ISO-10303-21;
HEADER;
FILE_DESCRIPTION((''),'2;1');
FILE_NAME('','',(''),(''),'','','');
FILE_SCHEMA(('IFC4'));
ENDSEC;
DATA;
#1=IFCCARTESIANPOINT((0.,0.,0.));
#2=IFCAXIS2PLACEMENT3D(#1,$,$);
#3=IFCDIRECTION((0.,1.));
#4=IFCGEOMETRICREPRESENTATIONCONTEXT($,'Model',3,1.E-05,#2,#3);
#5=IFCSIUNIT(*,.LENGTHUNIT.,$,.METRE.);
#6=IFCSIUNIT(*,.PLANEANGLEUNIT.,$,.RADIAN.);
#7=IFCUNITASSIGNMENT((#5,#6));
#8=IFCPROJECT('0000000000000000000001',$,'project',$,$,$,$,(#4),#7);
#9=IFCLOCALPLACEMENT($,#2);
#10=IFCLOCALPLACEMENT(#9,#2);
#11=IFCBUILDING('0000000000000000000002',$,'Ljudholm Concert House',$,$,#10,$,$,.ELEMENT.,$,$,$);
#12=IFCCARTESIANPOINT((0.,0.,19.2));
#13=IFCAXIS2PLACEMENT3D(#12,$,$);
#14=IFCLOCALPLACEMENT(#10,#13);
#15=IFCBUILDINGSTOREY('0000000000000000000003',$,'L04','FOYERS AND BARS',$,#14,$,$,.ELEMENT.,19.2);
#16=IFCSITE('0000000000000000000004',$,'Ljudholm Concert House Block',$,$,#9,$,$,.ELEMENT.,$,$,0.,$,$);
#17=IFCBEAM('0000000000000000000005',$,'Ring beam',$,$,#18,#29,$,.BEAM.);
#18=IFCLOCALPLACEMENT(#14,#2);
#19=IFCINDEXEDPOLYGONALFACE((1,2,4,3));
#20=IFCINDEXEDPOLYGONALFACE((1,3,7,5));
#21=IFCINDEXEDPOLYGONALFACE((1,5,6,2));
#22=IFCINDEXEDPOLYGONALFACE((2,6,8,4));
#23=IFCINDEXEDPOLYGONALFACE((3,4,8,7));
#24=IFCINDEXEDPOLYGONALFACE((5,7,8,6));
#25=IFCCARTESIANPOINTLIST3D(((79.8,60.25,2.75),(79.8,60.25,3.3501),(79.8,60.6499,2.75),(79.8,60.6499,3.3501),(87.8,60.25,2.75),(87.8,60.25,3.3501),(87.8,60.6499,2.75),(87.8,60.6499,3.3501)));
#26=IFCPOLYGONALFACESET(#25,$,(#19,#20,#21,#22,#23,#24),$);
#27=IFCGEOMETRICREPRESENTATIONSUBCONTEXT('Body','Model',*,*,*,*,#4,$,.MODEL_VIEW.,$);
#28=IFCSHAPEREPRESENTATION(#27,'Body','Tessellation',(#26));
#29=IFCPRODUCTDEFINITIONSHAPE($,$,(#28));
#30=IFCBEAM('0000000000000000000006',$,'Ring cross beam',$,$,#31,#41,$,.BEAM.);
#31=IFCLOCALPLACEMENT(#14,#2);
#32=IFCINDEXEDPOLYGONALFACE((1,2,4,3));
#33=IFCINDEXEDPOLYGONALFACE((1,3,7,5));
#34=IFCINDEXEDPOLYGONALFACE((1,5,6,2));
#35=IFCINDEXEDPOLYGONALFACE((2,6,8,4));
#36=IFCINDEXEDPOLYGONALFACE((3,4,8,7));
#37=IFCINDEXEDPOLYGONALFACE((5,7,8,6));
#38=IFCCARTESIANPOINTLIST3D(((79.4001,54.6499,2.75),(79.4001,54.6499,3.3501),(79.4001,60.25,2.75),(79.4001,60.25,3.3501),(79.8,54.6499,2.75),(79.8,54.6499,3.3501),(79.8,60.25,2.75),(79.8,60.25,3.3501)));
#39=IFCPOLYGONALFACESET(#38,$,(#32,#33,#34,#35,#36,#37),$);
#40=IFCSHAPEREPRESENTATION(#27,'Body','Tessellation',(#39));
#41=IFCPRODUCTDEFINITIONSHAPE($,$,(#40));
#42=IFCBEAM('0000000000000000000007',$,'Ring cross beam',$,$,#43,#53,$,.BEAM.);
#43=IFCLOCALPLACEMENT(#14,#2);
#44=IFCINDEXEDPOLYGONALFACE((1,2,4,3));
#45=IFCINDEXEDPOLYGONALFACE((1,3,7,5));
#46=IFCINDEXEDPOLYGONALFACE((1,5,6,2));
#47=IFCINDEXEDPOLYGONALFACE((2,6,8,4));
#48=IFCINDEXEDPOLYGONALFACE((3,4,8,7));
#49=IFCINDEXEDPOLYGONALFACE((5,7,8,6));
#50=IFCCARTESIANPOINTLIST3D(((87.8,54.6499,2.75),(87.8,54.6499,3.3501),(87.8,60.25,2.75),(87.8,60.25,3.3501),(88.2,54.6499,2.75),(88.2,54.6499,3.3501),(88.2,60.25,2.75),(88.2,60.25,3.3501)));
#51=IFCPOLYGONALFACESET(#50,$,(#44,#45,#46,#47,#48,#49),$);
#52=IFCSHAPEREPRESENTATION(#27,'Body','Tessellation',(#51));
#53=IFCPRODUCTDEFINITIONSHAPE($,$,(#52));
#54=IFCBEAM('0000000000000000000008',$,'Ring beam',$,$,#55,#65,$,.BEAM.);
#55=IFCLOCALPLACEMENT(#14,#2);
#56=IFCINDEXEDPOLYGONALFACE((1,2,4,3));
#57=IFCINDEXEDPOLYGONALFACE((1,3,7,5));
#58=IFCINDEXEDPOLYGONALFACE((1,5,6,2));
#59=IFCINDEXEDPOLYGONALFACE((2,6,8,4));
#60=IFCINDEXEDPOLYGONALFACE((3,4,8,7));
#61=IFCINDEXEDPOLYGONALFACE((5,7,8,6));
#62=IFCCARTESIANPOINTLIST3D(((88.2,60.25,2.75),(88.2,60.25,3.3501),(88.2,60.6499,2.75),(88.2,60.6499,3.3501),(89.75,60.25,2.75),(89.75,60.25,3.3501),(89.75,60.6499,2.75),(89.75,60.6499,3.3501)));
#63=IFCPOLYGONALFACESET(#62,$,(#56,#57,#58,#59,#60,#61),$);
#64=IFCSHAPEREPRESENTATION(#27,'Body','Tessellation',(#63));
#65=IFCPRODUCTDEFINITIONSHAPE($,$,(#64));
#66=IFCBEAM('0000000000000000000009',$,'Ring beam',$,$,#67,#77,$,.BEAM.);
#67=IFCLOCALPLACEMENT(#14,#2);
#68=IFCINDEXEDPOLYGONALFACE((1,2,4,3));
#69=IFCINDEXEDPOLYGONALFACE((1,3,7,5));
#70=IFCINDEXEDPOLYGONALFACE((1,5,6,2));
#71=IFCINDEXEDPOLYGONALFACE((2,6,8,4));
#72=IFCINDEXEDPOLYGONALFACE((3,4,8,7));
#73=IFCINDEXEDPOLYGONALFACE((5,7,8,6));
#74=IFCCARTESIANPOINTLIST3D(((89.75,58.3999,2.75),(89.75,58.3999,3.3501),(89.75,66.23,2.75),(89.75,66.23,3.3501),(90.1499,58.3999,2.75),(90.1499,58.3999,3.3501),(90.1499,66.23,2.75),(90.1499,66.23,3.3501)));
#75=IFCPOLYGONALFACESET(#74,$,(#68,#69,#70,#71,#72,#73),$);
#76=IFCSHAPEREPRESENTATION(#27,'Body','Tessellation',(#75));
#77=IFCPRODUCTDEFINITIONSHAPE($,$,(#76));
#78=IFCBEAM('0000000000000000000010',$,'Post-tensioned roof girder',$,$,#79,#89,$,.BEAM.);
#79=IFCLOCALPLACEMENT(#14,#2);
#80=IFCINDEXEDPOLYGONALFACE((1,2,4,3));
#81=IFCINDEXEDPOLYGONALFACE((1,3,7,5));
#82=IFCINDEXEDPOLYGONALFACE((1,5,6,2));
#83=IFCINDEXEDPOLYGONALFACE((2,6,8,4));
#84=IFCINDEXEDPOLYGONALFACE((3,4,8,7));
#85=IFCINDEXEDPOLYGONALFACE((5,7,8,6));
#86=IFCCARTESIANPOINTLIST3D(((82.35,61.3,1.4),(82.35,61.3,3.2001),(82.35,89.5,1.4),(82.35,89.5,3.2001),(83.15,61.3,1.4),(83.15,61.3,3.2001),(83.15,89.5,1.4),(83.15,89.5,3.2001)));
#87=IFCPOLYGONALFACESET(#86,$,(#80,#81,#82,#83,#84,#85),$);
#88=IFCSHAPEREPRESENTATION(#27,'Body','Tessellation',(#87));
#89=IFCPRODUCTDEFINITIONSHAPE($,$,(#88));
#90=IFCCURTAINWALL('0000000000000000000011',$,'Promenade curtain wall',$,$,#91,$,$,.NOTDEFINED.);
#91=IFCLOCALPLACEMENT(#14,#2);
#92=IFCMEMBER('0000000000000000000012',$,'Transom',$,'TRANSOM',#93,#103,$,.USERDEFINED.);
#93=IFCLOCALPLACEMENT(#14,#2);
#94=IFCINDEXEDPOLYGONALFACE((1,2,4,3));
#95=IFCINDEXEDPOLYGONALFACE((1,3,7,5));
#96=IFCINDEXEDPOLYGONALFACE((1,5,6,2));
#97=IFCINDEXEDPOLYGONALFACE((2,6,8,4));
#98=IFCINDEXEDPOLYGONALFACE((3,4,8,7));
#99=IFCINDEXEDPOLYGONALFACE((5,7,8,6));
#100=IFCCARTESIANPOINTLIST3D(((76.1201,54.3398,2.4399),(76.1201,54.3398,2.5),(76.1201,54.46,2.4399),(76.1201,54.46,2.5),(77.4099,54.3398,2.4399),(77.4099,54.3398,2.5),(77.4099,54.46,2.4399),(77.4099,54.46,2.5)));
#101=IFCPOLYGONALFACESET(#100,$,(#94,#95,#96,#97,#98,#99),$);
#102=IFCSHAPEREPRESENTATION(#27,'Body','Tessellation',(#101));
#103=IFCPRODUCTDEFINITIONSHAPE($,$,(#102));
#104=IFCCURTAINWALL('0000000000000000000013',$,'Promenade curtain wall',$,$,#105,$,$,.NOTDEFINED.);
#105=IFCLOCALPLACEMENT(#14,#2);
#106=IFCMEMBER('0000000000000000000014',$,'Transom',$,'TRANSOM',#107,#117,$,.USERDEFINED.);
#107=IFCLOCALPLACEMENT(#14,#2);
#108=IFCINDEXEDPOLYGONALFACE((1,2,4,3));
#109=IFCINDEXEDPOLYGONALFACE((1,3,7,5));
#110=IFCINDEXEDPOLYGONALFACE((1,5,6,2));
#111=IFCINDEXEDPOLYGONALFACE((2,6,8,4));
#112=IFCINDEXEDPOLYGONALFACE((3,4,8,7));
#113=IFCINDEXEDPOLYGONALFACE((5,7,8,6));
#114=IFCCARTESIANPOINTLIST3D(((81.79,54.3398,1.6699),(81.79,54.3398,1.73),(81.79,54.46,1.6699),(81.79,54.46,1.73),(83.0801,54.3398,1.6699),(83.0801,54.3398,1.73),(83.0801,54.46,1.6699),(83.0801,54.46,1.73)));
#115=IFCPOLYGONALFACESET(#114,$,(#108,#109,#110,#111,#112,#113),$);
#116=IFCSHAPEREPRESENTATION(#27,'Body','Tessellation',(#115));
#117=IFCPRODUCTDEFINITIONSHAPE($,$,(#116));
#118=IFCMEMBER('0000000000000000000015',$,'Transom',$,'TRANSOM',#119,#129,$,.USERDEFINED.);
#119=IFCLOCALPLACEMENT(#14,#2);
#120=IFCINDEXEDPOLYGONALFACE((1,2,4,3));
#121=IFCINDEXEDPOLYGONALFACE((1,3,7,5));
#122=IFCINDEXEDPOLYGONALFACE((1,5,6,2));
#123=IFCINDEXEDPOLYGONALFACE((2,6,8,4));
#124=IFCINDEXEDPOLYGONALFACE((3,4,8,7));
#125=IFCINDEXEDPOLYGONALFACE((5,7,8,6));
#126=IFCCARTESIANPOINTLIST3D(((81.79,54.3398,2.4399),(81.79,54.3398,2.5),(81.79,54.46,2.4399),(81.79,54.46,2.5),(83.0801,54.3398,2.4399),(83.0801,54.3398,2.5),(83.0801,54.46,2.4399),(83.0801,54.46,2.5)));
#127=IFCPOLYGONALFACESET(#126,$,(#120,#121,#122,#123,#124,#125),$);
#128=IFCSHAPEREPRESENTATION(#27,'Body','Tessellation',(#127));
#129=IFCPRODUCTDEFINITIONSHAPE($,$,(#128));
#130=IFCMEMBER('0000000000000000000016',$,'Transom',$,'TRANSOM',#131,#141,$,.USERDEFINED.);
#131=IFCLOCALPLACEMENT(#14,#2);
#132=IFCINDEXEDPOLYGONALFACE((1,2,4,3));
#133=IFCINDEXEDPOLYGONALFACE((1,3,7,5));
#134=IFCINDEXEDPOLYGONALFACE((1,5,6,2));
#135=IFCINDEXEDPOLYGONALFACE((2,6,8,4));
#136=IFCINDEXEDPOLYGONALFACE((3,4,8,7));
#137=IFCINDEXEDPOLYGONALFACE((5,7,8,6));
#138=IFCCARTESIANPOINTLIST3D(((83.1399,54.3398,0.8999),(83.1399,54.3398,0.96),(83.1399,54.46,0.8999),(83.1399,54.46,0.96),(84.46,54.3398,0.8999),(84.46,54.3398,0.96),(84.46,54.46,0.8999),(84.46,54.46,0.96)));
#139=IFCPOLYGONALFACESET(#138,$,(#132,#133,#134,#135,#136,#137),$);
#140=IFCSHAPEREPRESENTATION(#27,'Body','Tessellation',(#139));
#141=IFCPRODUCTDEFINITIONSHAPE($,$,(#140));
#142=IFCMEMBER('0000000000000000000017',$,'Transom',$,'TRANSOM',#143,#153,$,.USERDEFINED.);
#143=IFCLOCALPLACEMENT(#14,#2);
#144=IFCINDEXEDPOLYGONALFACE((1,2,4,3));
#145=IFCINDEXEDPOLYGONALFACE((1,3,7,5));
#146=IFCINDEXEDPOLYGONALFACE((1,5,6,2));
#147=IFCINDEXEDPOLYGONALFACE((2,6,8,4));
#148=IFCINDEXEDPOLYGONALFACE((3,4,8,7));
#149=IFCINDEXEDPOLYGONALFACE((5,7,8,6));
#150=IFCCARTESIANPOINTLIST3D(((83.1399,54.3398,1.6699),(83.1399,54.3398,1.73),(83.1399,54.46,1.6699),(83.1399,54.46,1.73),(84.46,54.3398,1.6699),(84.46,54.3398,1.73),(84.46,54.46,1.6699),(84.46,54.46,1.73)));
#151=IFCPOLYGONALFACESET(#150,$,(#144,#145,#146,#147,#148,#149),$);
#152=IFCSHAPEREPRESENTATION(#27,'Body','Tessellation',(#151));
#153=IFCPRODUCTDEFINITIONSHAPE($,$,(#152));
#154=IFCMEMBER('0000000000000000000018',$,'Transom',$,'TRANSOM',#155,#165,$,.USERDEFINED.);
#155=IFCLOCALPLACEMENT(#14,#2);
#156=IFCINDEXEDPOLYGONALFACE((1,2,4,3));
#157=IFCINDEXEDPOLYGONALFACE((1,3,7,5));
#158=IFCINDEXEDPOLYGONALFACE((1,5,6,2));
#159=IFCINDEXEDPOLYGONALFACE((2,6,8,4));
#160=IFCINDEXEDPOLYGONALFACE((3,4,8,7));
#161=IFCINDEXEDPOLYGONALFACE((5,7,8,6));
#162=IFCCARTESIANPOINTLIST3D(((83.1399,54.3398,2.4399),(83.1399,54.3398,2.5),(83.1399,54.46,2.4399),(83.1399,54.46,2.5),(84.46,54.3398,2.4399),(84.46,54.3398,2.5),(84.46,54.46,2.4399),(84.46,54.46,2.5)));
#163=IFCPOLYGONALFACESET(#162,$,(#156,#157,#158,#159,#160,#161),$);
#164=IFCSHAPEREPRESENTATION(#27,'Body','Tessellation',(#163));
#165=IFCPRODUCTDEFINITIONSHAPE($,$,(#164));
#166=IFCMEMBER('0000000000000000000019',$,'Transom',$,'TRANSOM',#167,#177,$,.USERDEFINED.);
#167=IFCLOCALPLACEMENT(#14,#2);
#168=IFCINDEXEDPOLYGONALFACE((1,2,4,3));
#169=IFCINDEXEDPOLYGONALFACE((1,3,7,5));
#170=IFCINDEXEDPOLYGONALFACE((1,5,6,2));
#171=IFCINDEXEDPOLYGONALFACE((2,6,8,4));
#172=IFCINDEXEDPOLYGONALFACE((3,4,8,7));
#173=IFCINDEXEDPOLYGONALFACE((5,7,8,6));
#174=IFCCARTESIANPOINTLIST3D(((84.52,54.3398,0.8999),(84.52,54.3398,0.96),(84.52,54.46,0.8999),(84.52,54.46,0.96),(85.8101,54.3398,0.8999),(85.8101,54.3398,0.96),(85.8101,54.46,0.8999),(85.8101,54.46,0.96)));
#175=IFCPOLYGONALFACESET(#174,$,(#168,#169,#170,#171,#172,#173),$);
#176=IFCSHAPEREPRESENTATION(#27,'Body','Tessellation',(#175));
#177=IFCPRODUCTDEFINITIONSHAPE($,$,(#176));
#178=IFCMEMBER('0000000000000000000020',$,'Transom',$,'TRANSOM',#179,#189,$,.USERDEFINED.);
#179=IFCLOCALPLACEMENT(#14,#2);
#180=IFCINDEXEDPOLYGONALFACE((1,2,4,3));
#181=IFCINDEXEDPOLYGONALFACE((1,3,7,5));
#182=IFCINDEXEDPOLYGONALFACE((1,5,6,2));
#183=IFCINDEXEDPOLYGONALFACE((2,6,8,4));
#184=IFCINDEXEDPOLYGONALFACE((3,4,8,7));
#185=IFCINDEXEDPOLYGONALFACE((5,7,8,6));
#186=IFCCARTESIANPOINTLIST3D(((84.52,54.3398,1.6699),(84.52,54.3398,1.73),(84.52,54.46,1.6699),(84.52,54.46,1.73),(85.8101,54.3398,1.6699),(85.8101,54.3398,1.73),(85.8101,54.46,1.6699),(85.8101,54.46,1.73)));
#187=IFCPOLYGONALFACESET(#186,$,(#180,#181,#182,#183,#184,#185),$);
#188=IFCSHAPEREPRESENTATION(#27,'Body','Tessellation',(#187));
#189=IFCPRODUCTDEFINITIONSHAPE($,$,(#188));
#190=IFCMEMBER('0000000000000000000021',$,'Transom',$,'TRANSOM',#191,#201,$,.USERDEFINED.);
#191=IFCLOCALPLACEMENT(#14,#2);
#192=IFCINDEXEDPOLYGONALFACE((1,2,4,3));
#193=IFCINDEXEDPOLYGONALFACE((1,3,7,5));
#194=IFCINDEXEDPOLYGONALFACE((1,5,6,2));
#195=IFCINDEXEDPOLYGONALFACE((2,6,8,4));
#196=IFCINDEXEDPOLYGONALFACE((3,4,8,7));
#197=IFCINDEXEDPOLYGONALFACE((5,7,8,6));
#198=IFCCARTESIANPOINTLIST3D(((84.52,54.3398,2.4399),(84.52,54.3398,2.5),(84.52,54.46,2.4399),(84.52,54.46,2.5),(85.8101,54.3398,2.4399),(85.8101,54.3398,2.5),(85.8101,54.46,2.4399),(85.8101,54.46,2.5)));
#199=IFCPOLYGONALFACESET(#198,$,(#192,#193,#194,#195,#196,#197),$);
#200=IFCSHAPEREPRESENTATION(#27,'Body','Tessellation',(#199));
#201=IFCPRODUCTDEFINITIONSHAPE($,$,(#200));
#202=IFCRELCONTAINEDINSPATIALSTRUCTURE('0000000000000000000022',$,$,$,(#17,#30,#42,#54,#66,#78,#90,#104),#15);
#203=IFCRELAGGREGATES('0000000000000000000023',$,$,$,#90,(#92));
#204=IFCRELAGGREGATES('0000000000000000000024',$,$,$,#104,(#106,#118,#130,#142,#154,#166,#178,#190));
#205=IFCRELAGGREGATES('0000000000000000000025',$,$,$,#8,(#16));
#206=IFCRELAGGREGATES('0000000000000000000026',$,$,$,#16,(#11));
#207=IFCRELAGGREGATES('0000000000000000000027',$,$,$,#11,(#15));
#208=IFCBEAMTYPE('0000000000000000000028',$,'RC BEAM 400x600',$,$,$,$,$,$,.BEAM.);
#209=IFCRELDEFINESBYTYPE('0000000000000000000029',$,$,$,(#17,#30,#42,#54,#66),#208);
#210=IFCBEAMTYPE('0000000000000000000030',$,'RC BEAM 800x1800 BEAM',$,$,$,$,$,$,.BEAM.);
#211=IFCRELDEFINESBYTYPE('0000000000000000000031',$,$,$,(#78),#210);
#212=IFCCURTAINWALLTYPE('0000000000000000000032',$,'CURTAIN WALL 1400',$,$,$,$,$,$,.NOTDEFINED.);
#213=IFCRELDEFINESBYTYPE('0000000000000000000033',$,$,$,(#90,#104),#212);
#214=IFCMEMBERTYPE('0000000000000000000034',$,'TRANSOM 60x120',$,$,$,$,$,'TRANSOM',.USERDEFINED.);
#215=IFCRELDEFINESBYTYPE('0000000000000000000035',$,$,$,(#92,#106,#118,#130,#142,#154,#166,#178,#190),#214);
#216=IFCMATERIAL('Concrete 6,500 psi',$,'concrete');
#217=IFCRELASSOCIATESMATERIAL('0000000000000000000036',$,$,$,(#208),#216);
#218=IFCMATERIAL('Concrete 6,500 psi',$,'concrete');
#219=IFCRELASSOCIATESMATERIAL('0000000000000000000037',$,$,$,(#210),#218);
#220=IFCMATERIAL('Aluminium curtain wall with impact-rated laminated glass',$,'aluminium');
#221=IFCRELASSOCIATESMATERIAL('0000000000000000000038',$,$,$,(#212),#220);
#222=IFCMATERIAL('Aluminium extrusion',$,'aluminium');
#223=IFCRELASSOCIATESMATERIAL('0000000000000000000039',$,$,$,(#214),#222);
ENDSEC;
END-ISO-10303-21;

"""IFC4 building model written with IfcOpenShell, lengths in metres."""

from ifc_helpers import new_model, si_unit, direction, frame, origin, origin_2d, place, context, subcontext, project, spatial, rectangle, extrude, material, material_profile, profile_set, type_object, element, aggregate, save


model = new_model("IFC4")

# Units and contexts
model_context = context("Model", 3, precision=1e-05, world=origin(), true_north=direction((0.0, 1.0)))
body_context = subcontext(model_context, "Body", "Model", "MODEL_VIEW")
ifc_project = project(units=[si_unit("LENGTHUNIT", "METRE"), si_unit("PLANEANGLEUNIT", "RADIAN")], contexts=[model_context])

# Site, building, storey
site_placement = place(None, origin())
site = spatial("IfcSite", under=ifc_project, at=site_placement, Name="Ljudholm Concert House Block", CompositionType="ELEMENT", RefElevation=0.0)
building_placement = place(site_placement, origin())
building = spatial("IfcBuilding", under=site, at=building_placement, Name="Ljudholm Concert House", CompositionType="ELEMENT")
storey_placement = place(building_placement, frame((0.0, 0.0, 19.2)))
storey = spatial("IfcBuildingStorey", under=building, at=storey_placement, Name="L04", Description="FOYERS AND BARS", CompositionType="ELEMENT", Elevation=19.2)

# Beams
ifc_material_1 = material(Name="Concrete 6,500 psi", Category="concrete")
ifc_material_profile_1 = material_profile(ifc_material_1, rectangle(XDim=0.3999, YDim=0.6001, at=origin_2d()), Name="RC BEAM 400x600")
ifc_profile_set_1 = profile_set([ifc_material_profile_1], Name="Concrete 6,500 psi")
beam_type_1 = type_object("IfcBeamType", Name="RC BEAM 400x600", PredefinedType="BEAM", material=ifc_profile_set_1)
beam_1_placement = place(storey_placement, frame((79.8, 60.45, 3.05), z_axis=(1.0, 0.0, 0.0), x_axis=(0.0, 1.0, 0.0)))
element("IfcBeam", 1, at=beam_1_placement, inside=storey, type_object=beam_type_1, Name="Ring beam", PredefinedType="BEAM", context=body_context, shape_type="SweptSolid", body=[
    extrude(rectangle(XDim=0.3999, YDim=0.6001, at=origin_2d()), origin(), (0.0, 0.0, 1.0), 8.0),
])
for number, where, z_axis, x_axis, name in (
    (2, (79.6001, 60.25, 3.05), (0.0, -1.0, 0.0), (1.0, 0.0, 0.0), "Ring cross beam"),
    (3, (88.0, 60.25, 3.05), (0.0, -1.0, 0.0), (1.0, 0.0, 0.0), "Ring cross beam"),
):
    element("IfcBeam", number, at=place(storey_placement, frame(where, z_axis=z_axis, x_axis=x_axis)), inside=storey, type_object=beam_type_1, Name=name, PredefinedType="BEAM", context=body_context, shape_type="SweptSolid", body=[
        extrude(rectangle(XDim=0.3999, YDim=0.6001, at=origin_2d()), origin(), (0.0, 0.0, 1.0), 5.6001),
    ])
beam_2_placement = place(storey_placement, frame((88.2, 60.45, 3.05), z_axis=(1.0, 0.0, 0.0), x_axis=(0.0, 1.0, 0.0)))
element("IfcBeam", 4, at=beam_2_placement, inside=storey, type_object=beam_type_1, Name="Ring beam", PredefinedType="BEAM", context=body_context, shape_type="SweptSolid", body=[
    extrude(rectangle(XDim=0.3999, YDim=0.6001, at=origin_2d()), origin(), (0.0, 0.0, 1.0), 1.55),
])
beam_3_placement = place(storey_placement, frame((89.95, 58.3999, 3.05), z_axis=(0.0, 1.0, 0.0), x_axis=(-1.0, 0.0, 0.0)))
element("IfcBeam", 5, at=beam_3_placement, inside=storey, type_object=beam_type_1, Name="Ring beam", PredefinedType="BEAM", context=body_context, shape_type="SweptSolid", body=[
    extrude(rectangle(XDim=0.3999, YDim=0.6001, at=origin_2d()), origin(), (0.0, 0.0, 1.0), 7.8301),
])
ifc_material_2 = material(Name="Concrete 6,500 psi", Category="concrete")
ifc_material_profile_2 = material_profile(ifc_material_2, rectangle(XDim=0.8, YDim=1.8, at=origin_2d()), Name="RC BEAM 800x1800 BEAM")
ifc_profile_set_2 = profile_set([ifc_material_profile_2], Name="Concrete 6,500 psi")
beam_type_2 = type_object("IfcBeamType", Name="RC BEAM 800x1800 BEAM", PredefinedType="BEAM", material=ifc_profile_set_2)
beam_4_placement = place(storey_placement, frame((82.75, 61.3, 2.3), z_axis=(0.0, 1.0, 0.0), x_axis=(-1.0, 0.0, 0.0)))
element("IfcBeam", 6, at=beam_4_placement, inside=storey, type_object=beam_type_2, Name="Post-tensioned roof girder", PredefinedType="BEAM", context=body_context, shape_type="SweptSolid", body=[
    extrude(rectangle(XDim=0.8, YDim=1.8, at=origin_2d()), origin(), (0.0, 0.0, 1.0), 28.2),
])

# Curtain wall, member
ifc_material_3 = material(Name="Aluminium curtain wall with impact-rated laminated glass", Category="aluminium")
curtain_wall_type = type_object("IfcCurtainWallType", Name="CURTAIN WALL 1400", PredefinedType="NOTDEFINED", material=ifc_material_3)
curtain_wall_1_placement = place(storey_placement, origin())
curtain_wall_1 = element("IfcCurtainWall", 7, at=curtain_wall_1_placement, inside=storey, type_object=curtain_wall_type, Name="Promenade curtain wall", PredefinedType="NOTDEFINED")
ifc_material_4 = material(Name="Aluminium extrusion", Category="aluminium")
ifc_material_profile_3 = material_profile(ifc_material_4, rectangle(XDim=0.1201, YDim=0.0601, at=origin_2d()), Name="TRANSOM 60x120")
ifc_profile_set_3 = profile_set([ifc_material_profile_3], Name="Aluminium extrusion")
member_type = type_object("IfcMemberType", Name="TRANSOM 60x120", ElementType="TRANSOM", PredefinedType="USERDEFINED", material=ifc_profile_set_3)
member_1_placement = place(storey_placement, frame((76.1201, 54.3999, 2.47), z_axis=(1.0, 0.0, 0.0), x_axis=(0.0, 1.0, 0.0)))
member_1 = element("IfcMember", 8, at=member_1_placement, type_object=member_type, Name="Transom", ObjectType="TRANSOM", PredefinedType="USERDEFINED", context=body_context, shape_type="SweptSolid", body=[
    extrude(rectangle(XDim=0.1201, YDim=0.0601, at=origin_2d()), origin(), (0.0, 0.0, 1.0), 1.2898),
])

# Curtain wall, members
curtain_wall_2_placement = place(storey_placement, origin())
curtain_wall_2 = element("IfcCurtainWall", 9, at=curtain_wall_2_placement, inside=storey, type_object=curtain_wall_type, Name="Promenade curtain wall", PredefinedType="NOTDEFINED")
member_2_placement = place(storey_placement, frame((81.79, 54.3999, 1.7), z_axis=(1.0, 0.0, 0.0), x_axis=(0.0, 1.0, 0.0)))
member_2 = element("IfcMember", 10, at=member_2_placement, type_object=member_type, Name="Transom", ObjectType="TRANSOM", PredefinedType="USERDEFINED", context=body_context, shape_type="SweptSolid", body=[
    extrude(rectangle(XDim=0.1201, YDim=0.0601, at=origin_2d()), origin(), (0.0, 0.0, 1.0), 1.29),
])
member_3_placement = place(storey_placement, frame((81.79, 54.3999, 2.47), z_axis=(1.0, 0.0, 0.0), x_axis=(0.0, 1.0, 0.0)))
member_3 = element("IfcMember", 11, at=member_3_placement, type_object=member_type, Name="Transom", ObjectType="TRANSOM", PredefinedType="USERDEFINED", context=body_context, shape_type="SweptSolid", body=[
    extrude(rectangle(XDim=0.1201, YDim=0.0601, at=origin_2d()), origin(), (0.0, 0.0, 1.0), 1.29),
])
member_4_placement = place(storey_placement, frame((83.1399, 54.3999, 0.9299), z_axis=(1.0, 0.0, 0.0), x_axis=(0.0, 1.0, 0.0)))
member_4 = element("IfcMember", 12, at=member_4_placement, type_object=member_type, Name="Transom", ObjectType="TRANSOM", PredefinedType="USERDEFINED", context=body_context, shape_type="SweptSolid", body=[
    extrude(rectangle(XDim=0.1201, YDim=0.0601, at=origin_2d()), origin(), (0.0, 0.0, 1.0), 1.3201),
])
member_5_placement = place(storey_placement, frame((83.1399, 54.3999, 1.7), z_axis=(1.0, 0.0, 0.0), x_axis=(0.0, 1.0, 0.0)))
member_5 = element("IfcMember", 13, at=member_5_placement, type_object=member_type, Name="Transom", ObjectType="TRANSOM", PredefinedType="USERDEFINED", context=body_context, shape_type="SweptSolid", body=[
    extrude(rectangle(XDim=0.1201, YDim=0.0601, at=origin_2d()), origin(), (0.0, 0.0, 1.0), 1.3201),
])
member_6_placement = place(storey_placement, frame((83.1399, 54.3999, 2.47), z_axis=(1.0, 0.0, 0.0), x_axis=(0.0, 1.0, 0.0)))
member_6 = element("IfcMember", 14, at=member_6_placement, type_object=member_type, Name="Transom", ObjectType="TRANSOM", PredefinedType="USERDEFINED", context=body_context, shape_type="SweptSolid", body=[
    extrude(rectangle(XDim=0.1201, YDim=0.0601, at=origin_2d()), origin(), (0.0, 0.0, 1.0), 1.3201),
])
member_7_placement = place(storey_placement, frame((84.52, 54.3999, 0.9299), z_axis=(1.0, 0.0, 0.0), x_axis=(0.0, 1.0, 0.0)))
member_7 = element("IfcMember", 15, at=member_7_placement, type_object=member_type, Name="Transom", ObjectType="TRANSOM", PredefinedType="USERDEFINED", context=body_context, shape_type="SweptSolid", body=[
    extrude(rectangle(XDim=0.1201, YDim=0.0601, at=origin_2d()), origin(), (0.0, 0.0, 1.0), 1.29),
])
member_8_placement = place(storey_placement, frame((84.52, 54.3999, 1.7), z_axis=(1.0, 0.0, 0.0), x_axis=(0.0, 1.0, 0.0)))
member_8 = element("IfcMember", 16, at=member_8_placement, type_object=member_type, Name="Transom", ObjectType="TRANSOM", PredefinedType="USERDEFINED", context=body_context, shape_type="SweptSolid", body=[
    extrude(rectangle(XDim=0.1201, YDim=0.0601, at=origin_2d()), origin(), (0.0, 0.0, 1.0), 1.29),
])
member_9_placement = place(storey_placement, frame((84.52, 54.3999, 2.47), z_axis=(1.0, 0.0, 0.0), x_axis=(0.0, 1.0, 0.0)))
member_9 = element("IfcMember", 17, at=member_9_placement, type_object=member_type, Name="Transom", ObjectType="TRANSOM", PredefinedType="USERDEFINED", context=body_context, shape_type="SweptSolid", body=[
    extrude(rectangle(XDim=0.1201, YDim=0.0601, at=origin_2d()), origin(), (0.0, 0.0, 1.0), 1.29),
])

aggregate(curtain_wall_1, [member_1])
aggregate(curtain_wall_2, [member_2, member_3, member_4, member_5, member_6, member_7, member_8, member_9])

save(model, "model.ifc")
